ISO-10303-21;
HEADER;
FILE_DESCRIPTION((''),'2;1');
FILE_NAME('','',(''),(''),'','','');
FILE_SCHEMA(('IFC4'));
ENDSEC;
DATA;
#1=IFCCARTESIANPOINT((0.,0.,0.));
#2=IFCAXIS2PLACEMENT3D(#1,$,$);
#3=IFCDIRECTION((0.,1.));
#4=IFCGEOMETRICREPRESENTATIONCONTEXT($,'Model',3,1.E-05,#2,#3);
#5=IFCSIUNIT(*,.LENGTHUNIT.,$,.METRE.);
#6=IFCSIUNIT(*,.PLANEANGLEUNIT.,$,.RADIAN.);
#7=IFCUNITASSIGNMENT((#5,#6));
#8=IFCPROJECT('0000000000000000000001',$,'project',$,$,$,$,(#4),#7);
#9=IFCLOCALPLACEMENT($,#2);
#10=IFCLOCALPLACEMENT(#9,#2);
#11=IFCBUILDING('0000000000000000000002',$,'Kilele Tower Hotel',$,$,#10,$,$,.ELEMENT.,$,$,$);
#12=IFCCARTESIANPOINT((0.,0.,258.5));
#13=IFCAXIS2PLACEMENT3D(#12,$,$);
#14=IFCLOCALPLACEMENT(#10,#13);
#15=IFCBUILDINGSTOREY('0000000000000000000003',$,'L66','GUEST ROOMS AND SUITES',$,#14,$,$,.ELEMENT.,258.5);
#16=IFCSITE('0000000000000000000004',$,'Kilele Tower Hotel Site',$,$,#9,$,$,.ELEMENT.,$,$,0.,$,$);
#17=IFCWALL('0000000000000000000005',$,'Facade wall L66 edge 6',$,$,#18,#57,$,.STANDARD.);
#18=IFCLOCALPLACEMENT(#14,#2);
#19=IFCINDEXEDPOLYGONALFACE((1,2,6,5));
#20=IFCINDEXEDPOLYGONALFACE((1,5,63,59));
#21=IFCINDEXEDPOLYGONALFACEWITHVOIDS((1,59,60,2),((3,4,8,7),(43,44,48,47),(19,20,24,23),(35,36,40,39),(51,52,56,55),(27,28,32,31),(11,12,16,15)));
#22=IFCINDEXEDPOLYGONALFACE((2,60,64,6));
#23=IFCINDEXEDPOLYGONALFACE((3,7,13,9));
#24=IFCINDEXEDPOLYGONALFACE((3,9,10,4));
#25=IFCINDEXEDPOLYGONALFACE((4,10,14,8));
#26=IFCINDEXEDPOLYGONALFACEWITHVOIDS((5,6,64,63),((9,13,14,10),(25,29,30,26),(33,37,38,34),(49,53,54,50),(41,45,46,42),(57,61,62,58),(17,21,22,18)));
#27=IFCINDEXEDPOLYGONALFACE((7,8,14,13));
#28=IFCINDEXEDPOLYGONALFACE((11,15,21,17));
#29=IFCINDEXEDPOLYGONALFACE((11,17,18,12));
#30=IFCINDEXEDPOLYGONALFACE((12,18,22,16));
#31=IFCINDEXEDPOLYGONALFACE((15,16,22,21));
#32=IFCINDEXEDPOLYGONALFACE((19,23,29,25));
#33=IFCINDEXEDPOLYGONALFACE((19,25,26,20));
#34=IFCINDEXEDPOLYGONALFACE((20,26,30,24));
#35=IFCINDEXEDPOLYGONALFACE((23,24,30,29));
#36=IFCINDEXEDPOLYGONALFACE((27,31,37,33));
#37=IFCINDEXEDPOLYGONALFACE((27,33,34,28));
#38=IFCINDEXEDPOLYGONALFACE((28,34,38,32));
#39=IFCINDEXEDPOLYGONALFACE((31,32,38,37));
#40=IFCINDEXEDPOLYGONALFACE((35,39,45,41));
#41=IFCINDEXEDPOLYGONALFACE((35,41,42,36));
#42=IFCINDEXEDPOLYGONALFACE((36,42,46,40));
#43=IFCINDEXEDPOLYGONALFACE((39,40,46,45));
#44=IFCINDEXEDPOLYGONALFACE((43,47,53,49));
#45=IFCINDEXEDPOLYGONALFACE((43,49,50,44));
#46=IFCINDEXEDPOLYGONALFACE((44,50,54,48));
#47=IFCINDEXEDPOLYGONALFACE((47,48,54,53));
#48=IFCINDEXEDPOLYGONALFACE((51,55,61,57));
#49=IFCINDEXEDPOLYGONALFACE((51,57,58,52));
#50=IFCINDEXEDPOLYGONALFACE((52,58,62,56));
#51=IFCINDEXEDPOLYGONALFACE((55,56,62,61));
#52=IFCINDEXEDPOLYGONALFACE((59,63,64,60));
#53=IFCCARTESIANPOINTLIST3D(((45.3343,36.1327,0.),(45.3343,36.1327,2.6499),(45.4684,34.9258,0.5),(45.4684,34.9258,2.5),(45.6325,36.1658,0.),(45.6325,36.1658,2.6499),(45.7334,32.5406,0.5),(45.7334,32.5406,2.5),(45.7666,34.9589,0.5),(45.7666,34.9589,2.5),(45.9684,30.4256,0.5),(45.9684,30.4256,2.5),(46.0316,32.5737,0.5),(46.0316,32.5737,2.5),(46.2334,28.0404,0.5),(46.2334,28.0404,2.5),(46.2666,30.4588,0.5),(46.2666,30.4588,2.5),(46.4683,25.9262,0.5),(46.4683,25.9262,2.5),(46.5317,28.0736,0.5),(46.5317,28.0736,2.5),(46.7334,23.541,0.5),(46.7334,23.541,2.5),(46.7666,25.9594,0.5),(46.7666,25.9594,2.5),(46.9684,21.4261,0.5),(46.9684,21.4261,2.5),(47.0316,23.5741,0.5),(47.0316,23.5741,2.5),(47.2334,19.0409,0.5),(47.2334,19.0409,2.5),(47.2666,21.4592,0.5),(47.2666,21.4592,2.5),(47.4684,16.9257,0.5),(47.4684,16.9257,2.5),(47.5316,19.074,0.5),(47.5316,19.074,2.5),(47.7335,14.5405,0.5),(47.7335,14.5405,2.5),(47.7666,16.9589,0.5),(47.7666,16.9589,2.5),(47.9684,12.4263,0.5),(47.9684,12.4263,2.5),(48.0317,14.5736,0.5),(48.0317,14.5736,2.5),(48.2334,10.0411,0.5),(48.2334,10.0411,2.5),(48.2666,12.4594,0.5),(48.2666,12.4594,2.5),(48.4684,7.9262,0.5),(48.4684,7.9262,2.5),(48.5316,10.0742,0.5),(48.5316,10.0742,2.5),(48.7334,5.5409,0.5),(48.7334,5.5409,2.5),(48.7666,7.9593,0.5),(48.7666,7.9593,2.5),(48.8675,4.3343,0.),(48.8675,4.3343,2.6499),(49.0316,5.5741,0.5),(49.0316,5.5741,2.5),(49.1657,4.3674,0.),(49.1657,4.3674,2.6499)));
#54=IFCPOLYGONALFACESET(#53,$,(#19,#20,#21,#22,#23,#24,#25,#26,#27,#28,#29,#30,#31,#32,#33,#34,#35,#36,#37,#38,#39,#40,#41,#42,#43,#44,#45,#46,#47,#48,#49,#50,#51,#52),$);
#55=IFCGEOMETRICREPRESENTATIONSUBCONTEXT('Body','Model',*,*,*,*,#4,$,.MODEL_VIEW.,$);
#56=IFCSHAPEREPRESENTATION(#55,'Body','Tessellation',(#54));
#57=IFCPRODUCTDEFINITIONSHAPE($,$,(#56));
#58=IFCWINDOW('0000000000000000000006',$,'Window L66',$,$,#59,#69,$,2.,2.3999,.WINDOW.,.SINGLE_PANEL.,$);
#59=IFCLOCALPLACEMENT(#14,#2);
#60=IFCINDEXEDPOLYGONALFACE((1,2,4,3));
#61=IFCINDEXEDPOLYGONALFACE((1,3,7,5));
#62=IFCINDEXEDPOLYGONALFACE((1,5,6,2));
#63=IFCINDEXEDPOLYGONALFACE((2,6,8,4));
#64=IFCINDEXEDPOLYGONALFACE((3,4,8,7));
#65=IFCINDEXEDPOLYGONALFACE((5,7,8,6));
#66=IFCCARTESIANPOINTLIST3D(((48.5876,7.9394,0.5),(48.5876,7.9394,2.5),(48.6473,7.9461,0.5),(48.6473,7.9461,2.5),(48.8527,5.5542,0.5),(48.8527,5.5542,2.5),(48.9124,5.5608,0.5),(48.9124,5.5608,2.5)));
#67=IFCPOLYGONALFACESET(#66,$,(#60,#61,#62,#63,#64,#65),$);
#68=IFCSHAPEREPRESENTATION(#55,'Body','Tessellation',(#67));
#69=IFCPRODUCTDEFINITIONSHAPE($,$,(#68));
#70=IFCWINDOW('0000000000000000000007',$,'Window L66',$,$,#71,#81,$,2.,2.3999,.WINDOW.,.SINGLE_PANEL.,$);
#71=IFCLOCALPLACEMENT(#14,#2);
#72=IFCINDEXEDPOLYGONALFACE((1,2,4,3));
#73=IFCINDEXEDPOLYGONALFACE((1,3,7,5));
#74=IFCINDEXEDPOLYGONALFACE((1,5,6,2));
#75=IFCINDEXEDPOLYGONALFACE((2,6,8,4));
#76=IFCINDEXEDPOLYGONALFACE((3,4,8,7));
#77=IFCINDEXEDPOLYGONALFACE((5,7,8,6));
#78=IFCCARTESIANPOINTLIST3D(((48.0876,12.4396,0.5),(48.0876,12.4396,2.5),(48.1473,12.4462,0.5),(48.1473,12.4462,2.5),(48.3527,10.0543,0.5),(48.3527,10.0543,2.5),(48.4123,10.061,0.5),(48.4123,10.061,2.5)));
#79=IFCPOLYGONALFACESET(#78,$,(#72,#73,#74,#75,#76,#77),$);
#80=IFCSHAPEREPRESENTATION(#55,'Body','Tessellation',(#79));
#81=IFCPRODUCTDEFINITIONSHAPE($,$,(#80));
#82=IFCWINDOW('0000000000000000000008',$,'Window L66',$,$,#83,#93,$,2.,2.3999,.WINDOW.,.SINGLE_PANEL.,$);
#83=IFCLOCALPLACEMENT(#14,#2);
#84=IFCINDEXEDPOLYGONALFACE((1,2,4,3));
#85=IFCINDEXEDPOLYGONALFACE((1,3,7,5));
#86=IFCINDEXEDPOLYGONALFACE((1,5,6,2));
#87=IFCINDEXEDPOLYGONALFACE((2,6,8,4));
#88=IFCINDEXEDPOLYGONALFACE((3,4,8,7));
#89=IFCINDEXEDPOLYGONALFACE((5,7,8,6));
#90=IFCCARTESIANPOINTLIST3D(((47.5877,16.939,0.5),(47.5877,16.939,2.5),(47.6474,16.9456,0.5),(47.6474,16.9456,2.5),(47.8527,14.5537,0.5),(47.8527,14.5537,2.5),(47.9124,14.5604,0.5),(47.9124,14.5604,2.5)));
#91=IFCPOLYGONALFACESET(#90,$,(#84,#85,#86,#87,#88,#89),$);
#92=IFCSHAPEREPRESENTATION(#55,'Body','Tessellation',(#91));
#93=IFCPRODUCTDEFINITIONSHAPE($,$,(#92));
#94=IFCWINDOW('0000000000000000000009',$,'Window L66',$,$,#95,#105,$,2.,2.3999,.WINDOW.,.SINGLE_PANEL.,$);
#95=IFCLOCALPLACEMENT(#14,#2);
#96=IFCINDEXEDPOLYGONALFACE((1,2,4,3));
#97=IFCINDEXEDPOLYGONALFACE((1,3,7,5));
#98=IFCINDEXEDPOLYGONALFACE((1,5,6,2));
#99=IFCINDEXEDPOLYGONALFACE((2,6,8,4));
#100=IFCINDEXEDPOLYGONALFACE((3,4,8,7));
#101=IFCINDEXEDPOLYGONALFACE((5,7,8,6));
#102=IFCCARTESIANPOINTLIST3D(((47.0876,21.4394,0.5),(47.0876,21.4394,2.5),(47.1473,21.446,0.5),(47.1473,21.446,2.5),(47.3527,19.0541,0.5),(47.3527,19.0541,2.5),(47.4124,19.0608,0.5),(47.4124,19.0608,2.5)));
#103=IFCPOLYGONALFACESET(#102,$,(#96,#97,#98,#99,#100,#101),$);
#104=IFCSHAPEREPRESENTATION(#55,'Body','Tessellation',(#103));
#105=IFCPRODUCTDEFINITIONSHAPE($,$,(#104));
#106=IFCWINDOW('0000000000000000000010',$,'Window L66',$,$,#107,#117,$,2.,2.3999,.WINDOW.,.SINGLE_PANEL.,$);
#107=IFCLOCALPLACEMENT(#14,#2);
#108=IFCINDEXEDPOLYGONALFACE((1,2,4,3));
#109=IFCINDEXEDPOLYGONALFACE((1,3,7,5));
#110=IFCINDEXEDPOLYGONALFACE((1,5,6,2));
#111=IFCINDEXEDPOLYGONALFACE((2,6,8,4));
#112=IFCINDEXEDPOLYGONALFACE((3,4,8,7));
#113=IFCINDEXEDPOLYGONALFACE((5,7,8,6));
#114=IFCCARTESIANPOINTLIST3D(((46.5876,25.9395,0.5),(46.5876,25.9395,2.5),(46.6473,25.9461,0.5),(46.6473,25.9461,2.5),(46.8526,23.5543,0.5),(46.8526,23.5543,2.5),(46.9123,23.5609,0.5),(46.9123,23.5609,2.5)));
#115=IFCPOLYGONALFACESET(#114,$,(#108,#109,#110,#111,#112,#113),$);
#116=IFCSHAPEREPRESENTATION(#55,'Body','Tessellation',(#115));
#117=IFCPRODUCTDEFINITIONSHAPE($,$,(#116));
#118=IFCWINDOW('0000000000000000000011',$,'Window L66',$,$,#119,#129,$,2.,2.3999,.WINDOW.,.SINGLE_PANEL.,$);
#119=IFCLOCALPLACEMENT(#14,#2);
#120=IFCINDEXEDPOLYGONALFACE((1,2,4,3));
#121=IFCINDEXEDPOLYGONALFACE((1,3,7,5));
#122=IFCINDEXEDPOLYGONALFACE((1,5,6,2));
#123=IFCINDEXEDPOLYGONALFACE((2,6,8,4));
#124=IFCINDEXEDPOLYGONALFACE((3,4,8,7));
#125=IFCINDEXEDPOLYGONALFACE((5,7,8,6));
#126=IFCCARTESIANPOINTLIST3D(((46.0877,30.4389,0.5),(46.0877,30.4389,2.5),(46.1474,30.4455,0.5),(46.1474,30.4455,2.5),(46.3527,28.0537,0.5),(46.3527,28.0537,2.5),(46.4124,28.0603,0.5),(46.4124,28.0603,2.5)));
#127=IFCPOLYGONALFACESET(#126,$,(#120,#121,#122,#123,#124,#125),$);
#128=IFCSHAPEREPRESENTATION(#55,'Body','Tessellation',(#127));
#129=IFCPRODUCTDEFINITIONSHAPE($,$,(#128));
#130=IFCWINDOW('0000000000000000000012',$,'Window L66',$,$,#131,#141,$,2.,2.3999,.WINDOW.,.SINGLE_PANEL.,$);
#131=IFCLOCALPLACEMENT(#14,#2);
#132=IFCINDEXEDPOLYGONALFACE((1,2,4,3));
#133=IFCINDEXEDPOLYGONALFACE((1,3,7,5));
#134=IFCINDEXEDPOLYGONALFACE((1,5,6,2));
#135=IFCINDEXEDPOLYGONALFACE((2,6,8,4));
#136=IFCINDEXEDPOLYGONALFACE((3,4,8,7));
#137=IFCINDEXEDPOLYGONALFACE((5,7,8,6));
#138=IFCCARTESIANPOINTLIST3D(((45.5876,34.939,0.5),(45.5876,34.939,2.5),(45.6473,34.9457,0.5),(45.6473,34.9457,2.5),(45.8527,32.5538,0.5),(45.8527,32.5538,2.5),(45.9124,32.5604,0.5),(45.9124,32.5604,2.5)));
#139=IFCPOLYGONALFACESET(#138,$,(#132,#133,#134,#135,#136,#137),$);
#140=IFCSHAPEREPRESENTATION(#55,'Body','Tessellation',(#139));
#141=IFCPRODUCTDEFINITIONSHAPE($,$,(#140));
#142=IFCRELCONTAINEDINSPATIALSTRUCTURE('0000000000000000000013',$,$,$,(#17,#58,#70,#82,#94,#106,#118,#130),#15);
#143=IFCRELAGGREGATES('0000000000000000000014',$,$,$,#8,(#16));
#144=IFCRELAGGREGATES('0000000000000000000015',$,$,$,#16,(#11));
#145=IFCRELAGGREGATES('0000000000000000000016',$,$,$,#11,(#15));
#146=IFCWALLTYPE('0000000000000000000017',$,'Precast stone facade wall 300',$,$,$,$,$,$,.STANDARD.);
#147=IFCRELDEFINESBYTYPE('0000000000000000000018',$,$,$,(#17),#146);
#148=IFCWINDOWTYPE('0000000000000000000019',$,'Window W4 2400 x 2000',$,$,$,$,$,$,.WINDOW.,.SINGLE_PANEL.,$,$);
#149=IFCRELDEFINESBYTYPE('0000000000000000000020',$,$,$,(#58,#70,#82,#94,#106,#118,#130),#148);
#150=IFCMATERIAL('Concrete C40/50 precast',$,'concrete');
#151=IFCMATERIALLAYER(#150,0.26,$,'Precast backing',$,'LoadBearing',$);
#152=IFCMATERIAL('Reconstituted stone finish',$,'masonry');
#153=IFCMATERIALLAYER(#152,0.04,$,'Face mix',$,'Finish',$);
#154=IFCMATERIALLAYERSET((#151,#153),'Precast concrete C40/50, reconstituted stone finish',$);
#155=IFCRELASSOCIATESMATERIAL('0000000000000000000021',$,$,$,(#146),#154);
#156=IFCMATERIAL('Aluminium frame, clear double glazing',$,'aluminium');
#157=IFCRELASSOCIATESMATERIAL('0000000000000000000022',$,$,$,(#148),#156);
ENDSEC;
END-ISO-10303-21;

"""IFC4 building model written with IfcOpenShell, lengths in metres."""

from ifc_helpers import new_model, si_unit, direction, frame, frame_2d, origin, place, context, subcontext, project, spatial, rectangle, extrude, material, layer, layer_set, type_object, element, fill, save


model = new_model("IFC4")

# Units and contexts
model_context = context("Model", 3, precision=1e-05, world=origin(), true_north=direction((0.0, 1.0)))
body_context = subcontext(model_context, "Body", "Model", "MODEL_VIEW")
ifc_project = project(units=[si_unit("LENGTHUNIT", "METRE"), si_unit("PLANEANGLEUNIT", "RADIAN")], contexts=[model_context])

# Site, building, storey
site_placement = place(None, origin())
site = spatial("IfcSite", under=ifc_project, at=site_placement, Name="Kilele Tower Hotel Site", CompositionType="ELEMENT", RefElevation=0.0)
building_placement = place(site_placement, origin())
building = spatial("IfcBuilding", under=site, at=building_placement, Name="Kilele Tower Hotel", CompositionType="ELEMENT")
storey_placement = place(building_placement, frame((0.0, 0.0, 258.5)))
storey = spatial("IfcBuildingStorey", under=building, at=storey_placement, Name="L66", Description="GUEST ROOMS AND SUITES", CompositionType="ELEMENT", Elevation=258.5)

# Shared definitions
ifc_material_1 = material(Name="Concrete C40/50 precast", Category="concrete")
ifc_layer_1 = layer(ifc_material_1, 0.26, Name="Precast backing", Category="LoadBearing")
ifc_material_2 = material(Name="Reconstituted stone finish", Category="masonry")
ifc_layer_2 = layer(ifc_material_2, 0.04, Name="Face mix", Category="Finish")
ifc_layer_set = layer_set([ifc_layer_1, ifc_layer_2], Name="Precast concrete C40/50, reconstituted stone finish")
wall_type = type_object("IfcWallType", Name="Precast stone facade wall 300", PredefinedType="STANDARD", material=ifc_layer_set)
ifc_material_3 = material(Name="Aluminium frame, clear double glazing", Category="aluminium")
window_type_1 = type_object("IfcWindowType", Name="Window W4 2400 x 2000", PartitioningType="SINGLE_PANEL", PredefinedType="WINDOW", material=ifc_material_3)

# Wall, openings, windows
wall_1_placement = place(storey_placement, frame((49.0166, 4.3508, 0.0), z_axis=(0.0, 0.0, 1.0), x_axis=(-0.110433, 0.993884, 0.0)))
wall_1 = element("IfcWall", 1, at=wall_1_placement, inside=storey, type_object=wall_type, Name="Facade wall L66 edge 6", PredefinedType="STANDARD", context=body_context, shape_type="SweptSolid", body=[
    extrude(rectangle(XDim=31.9941, YDim=0.3, at=frame_2d((15.9971, 0.0))), origin(), (0.0, 0.0, 1.0), 2.6499),
])
opening_1_placement = place(wall_1_placement, frame((1.2141, 0.0, 0.5)))
opening_1 = element("IfcOpeningElement", 2, at=opening_1_placement, cuts=wall_1, PredefinedType="OPENING", context=body_context, shape_type="SweptSolid", body=[
    extrude(rectangle(XDim=2.3999, YDim=2.0, at=frame_2d((1.2, 1.0))), frame((0.0, 0.1599, 0.0), z_axis=(0.0, -1.0, 0.0), x_axis=(1.0, 0.0, 0.0)), (0.0, 0.0, 1.0), 0.3201),
])
opening_2_placement = place(wall_1_placement, frame((5.7419, 0.0, 0.5)))
opening_2 = element("IfcOpeningElement", 3, at=opening_2_placement, cuts=wall_1, PredefinedType="OPENING", context=body_context, shape_type="SweptSolid", body=[
    extrude(rectangle(XDim=2.3999, YDim=2.0, at=frame_2d((1.2, 1.0))), frame((0.0, 0.1599, 0.0), z_axis=(0.0, -1.0, 0.0), x_axis=(1.0, 0.0, 0.0)), (0.0, 0.0, 1.0), 0.3201),
])
opening_3_placement = place(wall_1_placement, frame((10.269, 0.0, 0.5)))
opening_3 = element("IfcOpeningElement", 4, at=opening_3_placement, cuts=wall_1, PredefinedType="OPENING", context=body_context, shape_type="SweptSolid", body=[
    extrude(rectangle(XDim=2.3999, YDim=2.0, at=frame_2d((1.2, 1.0))), frame((0.0, 0.1599, 0.0), z_axis=(0.0, -1.0, 0.0), x_axis=(1.0, 0.0, 0.0)), (0.0, 0.0, 1.0), 0.3201),
])
opening_4_placement = place(wall_1_placement, frame((14.7971, 0.0, 0.5)))
opening_4 = element("IfcOpeningElement", 5, at=opening_4_placement, cuts=wall_1, PredefinedType="OPENING", context=body_context, shape_type="SweptSolid", body=[
    extrude(rectangle(XDim=2.3999, YDim=2.0, at=frame_2d((1.2, 1.0))), frame((0.0, 0.1599, 0.0), z_axis=(0.0, -1.0, 0.0), x_axis=(1.0, 0.0, 0.0)), (0.0, 0.0, 1.0), 0.3201),
])
opening_5_placement = place(wall_1_placement, frame((19.325, 0.0, 0.5)))
opening_5 = element("IfcOpeningElement", 6, at=opening_5_placement, cuts=wall_1, PredefinedType="OPENING", context=body_context, shape_type="SweptSolid", body=[
    extrude(rectangle(XDim=2.3999, YDim=2.0, at=frame_2d((1.2, 1.0))), frame((0.0, 0.1599, 0.0), z_axis=(0.0, -1.0, 0.0), x_axis=(1.0, 0.0, 0.0)), (0.0, 0.0, 1.0), 0.3201),
])
opening_6_placement = place(wall_1_placement, frame((23.8521, 0.0, 0.5)))
opening_6 = element("IfcOpeningElement", 7, at=opening_6_placement, cuts=wall_1, PredefinedType="OPENING", context=body_context, shape_type="SweptSolid", body=[
    extrude(rectangle(XDim=2.3999, YDim=2.0, at=frame_2d((1.2, 1.0))), frame((0.0, 0.1599, 0.0), z_axis=(0.0, -1.0, 0.0), x_axis=(1.0, 0.0, 0.0)), (0.0, 0.0, 1.0), 0.3201),
])
opening_7_placement = place(wall_1_placement, frame((28.3799, 0.0, 0.5)))
opening_7 = element("IfcOpeningElement", 8, at=opening_7_placement, cuts=wall_1, PredefinedType="OPENING", context=body_context, shape_type="SweptSolid", body=[
    extrude(rectangle(XDim=2.3999, YDim=2.0, at=frame_2d((1.2, 1.0))), frame((0.0, 0.1599, 0.0), z_axis=(0.0, -1.0, 0.0), x_axis=(1.0, 0.0, 0.0)), (0.0, 0.0, 1.0), 0.3201),
])
window_1_placement = place(opening_1_placement, origin())
window_1 = element("IfcWindow", 9, at=window_1_placement, inside=storey, type_object=window_type_1, Name="Window L66", OverallHeight=2.0, OverallWidth=2.3999, PartitioningType="SINGLE_PANEL", PredefinedType="WINDOW", context=body_context, shape_type="SweptSolid", body=[
    extrude(rectangle(XDim=2.3999, YDim=2.0, at=frame_2d((1.2, 1.0))), frame((0.0, 0.03, 0.0), z_axis=(0.0, -1.0, 0.0), x_axis=(1.0, 0.0, 0.0)), (0.0, 0.0, 1.0), 0.0601),
])
fill(opening_1, window_1)
window_2_placement = place(opening_2_placement, origin())
window_2 = element("IfcWindow", 10, at=window_2_placement, inside=storey, type_object=window_type_1, Name="Window L66", OverallHeight=2.0, OverallWidth=2.3999, PartitioningType="SINGLE_PANEL", PredefinedType="WINDOW", context=body_context, shape_type="SweptSolid", body=[
    extrude(rectangle(XDim=2.3999, YDim=2.0, at=frame_2d((1.2, 1.0))), frame((0.0, 0.03, 0.0), z_axis=(0.0, -1.0, 0.0), x_axis=(1.0, 0.0, 0.0)), (0.0, 0.0, 1.0), 0.0601),
])
fill(opening_2, window_2)
window_3_placement = place(opening_3_placement, origin())
window_3 = element("IfcWindow", 11, at=window_3_placement, inside=storey, type_object=window_type_1, Name="Window L66", OverallHeight=2.0, OverallWidth=2.3999, PartitioningType="SINGLE_PANEL", PredefinedType="WINDOW", context=body_context, shape_type="SweptSolid", body=[
    extrude(rectangle(XDim=2.3999, YDim=2.0, at=frame_2d((1.2, 1.0))), frame((0.0, 0.03, 0.0), z_axis=(0.0, -1.0, 0.0), x_axis=(1.0, 0.0, 0.0)), (0.0, 0.0, 1.0), 0.0601),
])
fill(opening_3, window_3)
window_4_placement = place(opening_4_placement, origin())
window_4 = element("IfcWindow", 12, at=window_4_placement, inside=storey, type_object=window_type_1, Name="Window L66", OverallHeight=2.0, OverallWidth=2.3999, PartitioningType="SINGLE_PANEL", PredefinedType="WINDOW", context=body_context, shape_type="SweptSolid", body=[
    extrude(rectangle(XDim=2.3999, YDim=2.0, at=frame_2d((1.2, 1.0))), frame((0.0, 0.03, 0.0), z_axis=(0.0, -1.0, 0.0), x_axis=(1.0, 0.0, 0.0)), (0.0, 0.0, 1.0), 0.0601),
])
fill(opening_4, window_4)
window_5_placement = place(opening_5_placement, origin())
window_5 = element("IfcWindow", 13, at=window_5_placement, inside=storey, type_object=window_type_1, Name="Window L66", OverallHeight=2.0, OverallWidth=2.3999, PartitioningType="SINGLE_PANEL", PredefinedType="WINDOW", context=body_context, shape_type="SweptSolid", body=[
    extrude(rectangle(XDim=2.3999, YDim=2.0, at=frame_2d((1.2, 1.0))), frame((0.0, 0.03, 0.0), z_axis=(0.0, -1.0, 0.0), x_axis=(1.0, 0.0, 0.0)), (0.0, 0.0, 1.0), 0.0601),
])
fill(opening_5, window_5)
window_6_placement = place(opening_6_placement, origin())
window_6 = element("IfcWindow", 14, at=window_6_placement, inside=storey, type_object=window_type_1, Name="Window L66", OverallHeight=2.0, OverallWidth=2.3999, PartitioningType="SINGLE_PANEL", PredefinedType="WINDOW", context=body_context, shape_type="SweptSolid", body=[
    extrude(rectangle(XDim=2.3999, YDim=2.0, at=frame_2d((1.2, 1.0))), frame((0.0, 0.03, 0.0), z_axis=(0.0, -1.0, 0.0), x_axis=(1.0, 0.0, 0.0)), (0.0, 0.0, 1.0), 0.0601),
])
fill(opening_6, window_6)
window_7_placement = place(opening_7_placement, origin())
window_7 = element("IfcWindow", 15, at=window_7_placement, inside=storey, type_object=window_type_1, Name="Window L66", OverallHeight=2.0, OverallWidth=2.3999, PartitioningType="SINGLE_PANEL", PredefinedType="WINDOW", context=body_context, shape_type="SweptSolid", body=[
    extrude(rectangle(XDim=2.3999, YDim=2.0, at=frame_2d((1.2, 1.0))), frame((0.0, 0.03, 0.0), z_axis=(0.0, -1.0, 0.0), x_axis=(1.0, 0.0, 0.0)), (0.0, 0.0, 1.0), 0.0601),
])
fill(opening_7, window_7)

save(model, "model.ifc")
